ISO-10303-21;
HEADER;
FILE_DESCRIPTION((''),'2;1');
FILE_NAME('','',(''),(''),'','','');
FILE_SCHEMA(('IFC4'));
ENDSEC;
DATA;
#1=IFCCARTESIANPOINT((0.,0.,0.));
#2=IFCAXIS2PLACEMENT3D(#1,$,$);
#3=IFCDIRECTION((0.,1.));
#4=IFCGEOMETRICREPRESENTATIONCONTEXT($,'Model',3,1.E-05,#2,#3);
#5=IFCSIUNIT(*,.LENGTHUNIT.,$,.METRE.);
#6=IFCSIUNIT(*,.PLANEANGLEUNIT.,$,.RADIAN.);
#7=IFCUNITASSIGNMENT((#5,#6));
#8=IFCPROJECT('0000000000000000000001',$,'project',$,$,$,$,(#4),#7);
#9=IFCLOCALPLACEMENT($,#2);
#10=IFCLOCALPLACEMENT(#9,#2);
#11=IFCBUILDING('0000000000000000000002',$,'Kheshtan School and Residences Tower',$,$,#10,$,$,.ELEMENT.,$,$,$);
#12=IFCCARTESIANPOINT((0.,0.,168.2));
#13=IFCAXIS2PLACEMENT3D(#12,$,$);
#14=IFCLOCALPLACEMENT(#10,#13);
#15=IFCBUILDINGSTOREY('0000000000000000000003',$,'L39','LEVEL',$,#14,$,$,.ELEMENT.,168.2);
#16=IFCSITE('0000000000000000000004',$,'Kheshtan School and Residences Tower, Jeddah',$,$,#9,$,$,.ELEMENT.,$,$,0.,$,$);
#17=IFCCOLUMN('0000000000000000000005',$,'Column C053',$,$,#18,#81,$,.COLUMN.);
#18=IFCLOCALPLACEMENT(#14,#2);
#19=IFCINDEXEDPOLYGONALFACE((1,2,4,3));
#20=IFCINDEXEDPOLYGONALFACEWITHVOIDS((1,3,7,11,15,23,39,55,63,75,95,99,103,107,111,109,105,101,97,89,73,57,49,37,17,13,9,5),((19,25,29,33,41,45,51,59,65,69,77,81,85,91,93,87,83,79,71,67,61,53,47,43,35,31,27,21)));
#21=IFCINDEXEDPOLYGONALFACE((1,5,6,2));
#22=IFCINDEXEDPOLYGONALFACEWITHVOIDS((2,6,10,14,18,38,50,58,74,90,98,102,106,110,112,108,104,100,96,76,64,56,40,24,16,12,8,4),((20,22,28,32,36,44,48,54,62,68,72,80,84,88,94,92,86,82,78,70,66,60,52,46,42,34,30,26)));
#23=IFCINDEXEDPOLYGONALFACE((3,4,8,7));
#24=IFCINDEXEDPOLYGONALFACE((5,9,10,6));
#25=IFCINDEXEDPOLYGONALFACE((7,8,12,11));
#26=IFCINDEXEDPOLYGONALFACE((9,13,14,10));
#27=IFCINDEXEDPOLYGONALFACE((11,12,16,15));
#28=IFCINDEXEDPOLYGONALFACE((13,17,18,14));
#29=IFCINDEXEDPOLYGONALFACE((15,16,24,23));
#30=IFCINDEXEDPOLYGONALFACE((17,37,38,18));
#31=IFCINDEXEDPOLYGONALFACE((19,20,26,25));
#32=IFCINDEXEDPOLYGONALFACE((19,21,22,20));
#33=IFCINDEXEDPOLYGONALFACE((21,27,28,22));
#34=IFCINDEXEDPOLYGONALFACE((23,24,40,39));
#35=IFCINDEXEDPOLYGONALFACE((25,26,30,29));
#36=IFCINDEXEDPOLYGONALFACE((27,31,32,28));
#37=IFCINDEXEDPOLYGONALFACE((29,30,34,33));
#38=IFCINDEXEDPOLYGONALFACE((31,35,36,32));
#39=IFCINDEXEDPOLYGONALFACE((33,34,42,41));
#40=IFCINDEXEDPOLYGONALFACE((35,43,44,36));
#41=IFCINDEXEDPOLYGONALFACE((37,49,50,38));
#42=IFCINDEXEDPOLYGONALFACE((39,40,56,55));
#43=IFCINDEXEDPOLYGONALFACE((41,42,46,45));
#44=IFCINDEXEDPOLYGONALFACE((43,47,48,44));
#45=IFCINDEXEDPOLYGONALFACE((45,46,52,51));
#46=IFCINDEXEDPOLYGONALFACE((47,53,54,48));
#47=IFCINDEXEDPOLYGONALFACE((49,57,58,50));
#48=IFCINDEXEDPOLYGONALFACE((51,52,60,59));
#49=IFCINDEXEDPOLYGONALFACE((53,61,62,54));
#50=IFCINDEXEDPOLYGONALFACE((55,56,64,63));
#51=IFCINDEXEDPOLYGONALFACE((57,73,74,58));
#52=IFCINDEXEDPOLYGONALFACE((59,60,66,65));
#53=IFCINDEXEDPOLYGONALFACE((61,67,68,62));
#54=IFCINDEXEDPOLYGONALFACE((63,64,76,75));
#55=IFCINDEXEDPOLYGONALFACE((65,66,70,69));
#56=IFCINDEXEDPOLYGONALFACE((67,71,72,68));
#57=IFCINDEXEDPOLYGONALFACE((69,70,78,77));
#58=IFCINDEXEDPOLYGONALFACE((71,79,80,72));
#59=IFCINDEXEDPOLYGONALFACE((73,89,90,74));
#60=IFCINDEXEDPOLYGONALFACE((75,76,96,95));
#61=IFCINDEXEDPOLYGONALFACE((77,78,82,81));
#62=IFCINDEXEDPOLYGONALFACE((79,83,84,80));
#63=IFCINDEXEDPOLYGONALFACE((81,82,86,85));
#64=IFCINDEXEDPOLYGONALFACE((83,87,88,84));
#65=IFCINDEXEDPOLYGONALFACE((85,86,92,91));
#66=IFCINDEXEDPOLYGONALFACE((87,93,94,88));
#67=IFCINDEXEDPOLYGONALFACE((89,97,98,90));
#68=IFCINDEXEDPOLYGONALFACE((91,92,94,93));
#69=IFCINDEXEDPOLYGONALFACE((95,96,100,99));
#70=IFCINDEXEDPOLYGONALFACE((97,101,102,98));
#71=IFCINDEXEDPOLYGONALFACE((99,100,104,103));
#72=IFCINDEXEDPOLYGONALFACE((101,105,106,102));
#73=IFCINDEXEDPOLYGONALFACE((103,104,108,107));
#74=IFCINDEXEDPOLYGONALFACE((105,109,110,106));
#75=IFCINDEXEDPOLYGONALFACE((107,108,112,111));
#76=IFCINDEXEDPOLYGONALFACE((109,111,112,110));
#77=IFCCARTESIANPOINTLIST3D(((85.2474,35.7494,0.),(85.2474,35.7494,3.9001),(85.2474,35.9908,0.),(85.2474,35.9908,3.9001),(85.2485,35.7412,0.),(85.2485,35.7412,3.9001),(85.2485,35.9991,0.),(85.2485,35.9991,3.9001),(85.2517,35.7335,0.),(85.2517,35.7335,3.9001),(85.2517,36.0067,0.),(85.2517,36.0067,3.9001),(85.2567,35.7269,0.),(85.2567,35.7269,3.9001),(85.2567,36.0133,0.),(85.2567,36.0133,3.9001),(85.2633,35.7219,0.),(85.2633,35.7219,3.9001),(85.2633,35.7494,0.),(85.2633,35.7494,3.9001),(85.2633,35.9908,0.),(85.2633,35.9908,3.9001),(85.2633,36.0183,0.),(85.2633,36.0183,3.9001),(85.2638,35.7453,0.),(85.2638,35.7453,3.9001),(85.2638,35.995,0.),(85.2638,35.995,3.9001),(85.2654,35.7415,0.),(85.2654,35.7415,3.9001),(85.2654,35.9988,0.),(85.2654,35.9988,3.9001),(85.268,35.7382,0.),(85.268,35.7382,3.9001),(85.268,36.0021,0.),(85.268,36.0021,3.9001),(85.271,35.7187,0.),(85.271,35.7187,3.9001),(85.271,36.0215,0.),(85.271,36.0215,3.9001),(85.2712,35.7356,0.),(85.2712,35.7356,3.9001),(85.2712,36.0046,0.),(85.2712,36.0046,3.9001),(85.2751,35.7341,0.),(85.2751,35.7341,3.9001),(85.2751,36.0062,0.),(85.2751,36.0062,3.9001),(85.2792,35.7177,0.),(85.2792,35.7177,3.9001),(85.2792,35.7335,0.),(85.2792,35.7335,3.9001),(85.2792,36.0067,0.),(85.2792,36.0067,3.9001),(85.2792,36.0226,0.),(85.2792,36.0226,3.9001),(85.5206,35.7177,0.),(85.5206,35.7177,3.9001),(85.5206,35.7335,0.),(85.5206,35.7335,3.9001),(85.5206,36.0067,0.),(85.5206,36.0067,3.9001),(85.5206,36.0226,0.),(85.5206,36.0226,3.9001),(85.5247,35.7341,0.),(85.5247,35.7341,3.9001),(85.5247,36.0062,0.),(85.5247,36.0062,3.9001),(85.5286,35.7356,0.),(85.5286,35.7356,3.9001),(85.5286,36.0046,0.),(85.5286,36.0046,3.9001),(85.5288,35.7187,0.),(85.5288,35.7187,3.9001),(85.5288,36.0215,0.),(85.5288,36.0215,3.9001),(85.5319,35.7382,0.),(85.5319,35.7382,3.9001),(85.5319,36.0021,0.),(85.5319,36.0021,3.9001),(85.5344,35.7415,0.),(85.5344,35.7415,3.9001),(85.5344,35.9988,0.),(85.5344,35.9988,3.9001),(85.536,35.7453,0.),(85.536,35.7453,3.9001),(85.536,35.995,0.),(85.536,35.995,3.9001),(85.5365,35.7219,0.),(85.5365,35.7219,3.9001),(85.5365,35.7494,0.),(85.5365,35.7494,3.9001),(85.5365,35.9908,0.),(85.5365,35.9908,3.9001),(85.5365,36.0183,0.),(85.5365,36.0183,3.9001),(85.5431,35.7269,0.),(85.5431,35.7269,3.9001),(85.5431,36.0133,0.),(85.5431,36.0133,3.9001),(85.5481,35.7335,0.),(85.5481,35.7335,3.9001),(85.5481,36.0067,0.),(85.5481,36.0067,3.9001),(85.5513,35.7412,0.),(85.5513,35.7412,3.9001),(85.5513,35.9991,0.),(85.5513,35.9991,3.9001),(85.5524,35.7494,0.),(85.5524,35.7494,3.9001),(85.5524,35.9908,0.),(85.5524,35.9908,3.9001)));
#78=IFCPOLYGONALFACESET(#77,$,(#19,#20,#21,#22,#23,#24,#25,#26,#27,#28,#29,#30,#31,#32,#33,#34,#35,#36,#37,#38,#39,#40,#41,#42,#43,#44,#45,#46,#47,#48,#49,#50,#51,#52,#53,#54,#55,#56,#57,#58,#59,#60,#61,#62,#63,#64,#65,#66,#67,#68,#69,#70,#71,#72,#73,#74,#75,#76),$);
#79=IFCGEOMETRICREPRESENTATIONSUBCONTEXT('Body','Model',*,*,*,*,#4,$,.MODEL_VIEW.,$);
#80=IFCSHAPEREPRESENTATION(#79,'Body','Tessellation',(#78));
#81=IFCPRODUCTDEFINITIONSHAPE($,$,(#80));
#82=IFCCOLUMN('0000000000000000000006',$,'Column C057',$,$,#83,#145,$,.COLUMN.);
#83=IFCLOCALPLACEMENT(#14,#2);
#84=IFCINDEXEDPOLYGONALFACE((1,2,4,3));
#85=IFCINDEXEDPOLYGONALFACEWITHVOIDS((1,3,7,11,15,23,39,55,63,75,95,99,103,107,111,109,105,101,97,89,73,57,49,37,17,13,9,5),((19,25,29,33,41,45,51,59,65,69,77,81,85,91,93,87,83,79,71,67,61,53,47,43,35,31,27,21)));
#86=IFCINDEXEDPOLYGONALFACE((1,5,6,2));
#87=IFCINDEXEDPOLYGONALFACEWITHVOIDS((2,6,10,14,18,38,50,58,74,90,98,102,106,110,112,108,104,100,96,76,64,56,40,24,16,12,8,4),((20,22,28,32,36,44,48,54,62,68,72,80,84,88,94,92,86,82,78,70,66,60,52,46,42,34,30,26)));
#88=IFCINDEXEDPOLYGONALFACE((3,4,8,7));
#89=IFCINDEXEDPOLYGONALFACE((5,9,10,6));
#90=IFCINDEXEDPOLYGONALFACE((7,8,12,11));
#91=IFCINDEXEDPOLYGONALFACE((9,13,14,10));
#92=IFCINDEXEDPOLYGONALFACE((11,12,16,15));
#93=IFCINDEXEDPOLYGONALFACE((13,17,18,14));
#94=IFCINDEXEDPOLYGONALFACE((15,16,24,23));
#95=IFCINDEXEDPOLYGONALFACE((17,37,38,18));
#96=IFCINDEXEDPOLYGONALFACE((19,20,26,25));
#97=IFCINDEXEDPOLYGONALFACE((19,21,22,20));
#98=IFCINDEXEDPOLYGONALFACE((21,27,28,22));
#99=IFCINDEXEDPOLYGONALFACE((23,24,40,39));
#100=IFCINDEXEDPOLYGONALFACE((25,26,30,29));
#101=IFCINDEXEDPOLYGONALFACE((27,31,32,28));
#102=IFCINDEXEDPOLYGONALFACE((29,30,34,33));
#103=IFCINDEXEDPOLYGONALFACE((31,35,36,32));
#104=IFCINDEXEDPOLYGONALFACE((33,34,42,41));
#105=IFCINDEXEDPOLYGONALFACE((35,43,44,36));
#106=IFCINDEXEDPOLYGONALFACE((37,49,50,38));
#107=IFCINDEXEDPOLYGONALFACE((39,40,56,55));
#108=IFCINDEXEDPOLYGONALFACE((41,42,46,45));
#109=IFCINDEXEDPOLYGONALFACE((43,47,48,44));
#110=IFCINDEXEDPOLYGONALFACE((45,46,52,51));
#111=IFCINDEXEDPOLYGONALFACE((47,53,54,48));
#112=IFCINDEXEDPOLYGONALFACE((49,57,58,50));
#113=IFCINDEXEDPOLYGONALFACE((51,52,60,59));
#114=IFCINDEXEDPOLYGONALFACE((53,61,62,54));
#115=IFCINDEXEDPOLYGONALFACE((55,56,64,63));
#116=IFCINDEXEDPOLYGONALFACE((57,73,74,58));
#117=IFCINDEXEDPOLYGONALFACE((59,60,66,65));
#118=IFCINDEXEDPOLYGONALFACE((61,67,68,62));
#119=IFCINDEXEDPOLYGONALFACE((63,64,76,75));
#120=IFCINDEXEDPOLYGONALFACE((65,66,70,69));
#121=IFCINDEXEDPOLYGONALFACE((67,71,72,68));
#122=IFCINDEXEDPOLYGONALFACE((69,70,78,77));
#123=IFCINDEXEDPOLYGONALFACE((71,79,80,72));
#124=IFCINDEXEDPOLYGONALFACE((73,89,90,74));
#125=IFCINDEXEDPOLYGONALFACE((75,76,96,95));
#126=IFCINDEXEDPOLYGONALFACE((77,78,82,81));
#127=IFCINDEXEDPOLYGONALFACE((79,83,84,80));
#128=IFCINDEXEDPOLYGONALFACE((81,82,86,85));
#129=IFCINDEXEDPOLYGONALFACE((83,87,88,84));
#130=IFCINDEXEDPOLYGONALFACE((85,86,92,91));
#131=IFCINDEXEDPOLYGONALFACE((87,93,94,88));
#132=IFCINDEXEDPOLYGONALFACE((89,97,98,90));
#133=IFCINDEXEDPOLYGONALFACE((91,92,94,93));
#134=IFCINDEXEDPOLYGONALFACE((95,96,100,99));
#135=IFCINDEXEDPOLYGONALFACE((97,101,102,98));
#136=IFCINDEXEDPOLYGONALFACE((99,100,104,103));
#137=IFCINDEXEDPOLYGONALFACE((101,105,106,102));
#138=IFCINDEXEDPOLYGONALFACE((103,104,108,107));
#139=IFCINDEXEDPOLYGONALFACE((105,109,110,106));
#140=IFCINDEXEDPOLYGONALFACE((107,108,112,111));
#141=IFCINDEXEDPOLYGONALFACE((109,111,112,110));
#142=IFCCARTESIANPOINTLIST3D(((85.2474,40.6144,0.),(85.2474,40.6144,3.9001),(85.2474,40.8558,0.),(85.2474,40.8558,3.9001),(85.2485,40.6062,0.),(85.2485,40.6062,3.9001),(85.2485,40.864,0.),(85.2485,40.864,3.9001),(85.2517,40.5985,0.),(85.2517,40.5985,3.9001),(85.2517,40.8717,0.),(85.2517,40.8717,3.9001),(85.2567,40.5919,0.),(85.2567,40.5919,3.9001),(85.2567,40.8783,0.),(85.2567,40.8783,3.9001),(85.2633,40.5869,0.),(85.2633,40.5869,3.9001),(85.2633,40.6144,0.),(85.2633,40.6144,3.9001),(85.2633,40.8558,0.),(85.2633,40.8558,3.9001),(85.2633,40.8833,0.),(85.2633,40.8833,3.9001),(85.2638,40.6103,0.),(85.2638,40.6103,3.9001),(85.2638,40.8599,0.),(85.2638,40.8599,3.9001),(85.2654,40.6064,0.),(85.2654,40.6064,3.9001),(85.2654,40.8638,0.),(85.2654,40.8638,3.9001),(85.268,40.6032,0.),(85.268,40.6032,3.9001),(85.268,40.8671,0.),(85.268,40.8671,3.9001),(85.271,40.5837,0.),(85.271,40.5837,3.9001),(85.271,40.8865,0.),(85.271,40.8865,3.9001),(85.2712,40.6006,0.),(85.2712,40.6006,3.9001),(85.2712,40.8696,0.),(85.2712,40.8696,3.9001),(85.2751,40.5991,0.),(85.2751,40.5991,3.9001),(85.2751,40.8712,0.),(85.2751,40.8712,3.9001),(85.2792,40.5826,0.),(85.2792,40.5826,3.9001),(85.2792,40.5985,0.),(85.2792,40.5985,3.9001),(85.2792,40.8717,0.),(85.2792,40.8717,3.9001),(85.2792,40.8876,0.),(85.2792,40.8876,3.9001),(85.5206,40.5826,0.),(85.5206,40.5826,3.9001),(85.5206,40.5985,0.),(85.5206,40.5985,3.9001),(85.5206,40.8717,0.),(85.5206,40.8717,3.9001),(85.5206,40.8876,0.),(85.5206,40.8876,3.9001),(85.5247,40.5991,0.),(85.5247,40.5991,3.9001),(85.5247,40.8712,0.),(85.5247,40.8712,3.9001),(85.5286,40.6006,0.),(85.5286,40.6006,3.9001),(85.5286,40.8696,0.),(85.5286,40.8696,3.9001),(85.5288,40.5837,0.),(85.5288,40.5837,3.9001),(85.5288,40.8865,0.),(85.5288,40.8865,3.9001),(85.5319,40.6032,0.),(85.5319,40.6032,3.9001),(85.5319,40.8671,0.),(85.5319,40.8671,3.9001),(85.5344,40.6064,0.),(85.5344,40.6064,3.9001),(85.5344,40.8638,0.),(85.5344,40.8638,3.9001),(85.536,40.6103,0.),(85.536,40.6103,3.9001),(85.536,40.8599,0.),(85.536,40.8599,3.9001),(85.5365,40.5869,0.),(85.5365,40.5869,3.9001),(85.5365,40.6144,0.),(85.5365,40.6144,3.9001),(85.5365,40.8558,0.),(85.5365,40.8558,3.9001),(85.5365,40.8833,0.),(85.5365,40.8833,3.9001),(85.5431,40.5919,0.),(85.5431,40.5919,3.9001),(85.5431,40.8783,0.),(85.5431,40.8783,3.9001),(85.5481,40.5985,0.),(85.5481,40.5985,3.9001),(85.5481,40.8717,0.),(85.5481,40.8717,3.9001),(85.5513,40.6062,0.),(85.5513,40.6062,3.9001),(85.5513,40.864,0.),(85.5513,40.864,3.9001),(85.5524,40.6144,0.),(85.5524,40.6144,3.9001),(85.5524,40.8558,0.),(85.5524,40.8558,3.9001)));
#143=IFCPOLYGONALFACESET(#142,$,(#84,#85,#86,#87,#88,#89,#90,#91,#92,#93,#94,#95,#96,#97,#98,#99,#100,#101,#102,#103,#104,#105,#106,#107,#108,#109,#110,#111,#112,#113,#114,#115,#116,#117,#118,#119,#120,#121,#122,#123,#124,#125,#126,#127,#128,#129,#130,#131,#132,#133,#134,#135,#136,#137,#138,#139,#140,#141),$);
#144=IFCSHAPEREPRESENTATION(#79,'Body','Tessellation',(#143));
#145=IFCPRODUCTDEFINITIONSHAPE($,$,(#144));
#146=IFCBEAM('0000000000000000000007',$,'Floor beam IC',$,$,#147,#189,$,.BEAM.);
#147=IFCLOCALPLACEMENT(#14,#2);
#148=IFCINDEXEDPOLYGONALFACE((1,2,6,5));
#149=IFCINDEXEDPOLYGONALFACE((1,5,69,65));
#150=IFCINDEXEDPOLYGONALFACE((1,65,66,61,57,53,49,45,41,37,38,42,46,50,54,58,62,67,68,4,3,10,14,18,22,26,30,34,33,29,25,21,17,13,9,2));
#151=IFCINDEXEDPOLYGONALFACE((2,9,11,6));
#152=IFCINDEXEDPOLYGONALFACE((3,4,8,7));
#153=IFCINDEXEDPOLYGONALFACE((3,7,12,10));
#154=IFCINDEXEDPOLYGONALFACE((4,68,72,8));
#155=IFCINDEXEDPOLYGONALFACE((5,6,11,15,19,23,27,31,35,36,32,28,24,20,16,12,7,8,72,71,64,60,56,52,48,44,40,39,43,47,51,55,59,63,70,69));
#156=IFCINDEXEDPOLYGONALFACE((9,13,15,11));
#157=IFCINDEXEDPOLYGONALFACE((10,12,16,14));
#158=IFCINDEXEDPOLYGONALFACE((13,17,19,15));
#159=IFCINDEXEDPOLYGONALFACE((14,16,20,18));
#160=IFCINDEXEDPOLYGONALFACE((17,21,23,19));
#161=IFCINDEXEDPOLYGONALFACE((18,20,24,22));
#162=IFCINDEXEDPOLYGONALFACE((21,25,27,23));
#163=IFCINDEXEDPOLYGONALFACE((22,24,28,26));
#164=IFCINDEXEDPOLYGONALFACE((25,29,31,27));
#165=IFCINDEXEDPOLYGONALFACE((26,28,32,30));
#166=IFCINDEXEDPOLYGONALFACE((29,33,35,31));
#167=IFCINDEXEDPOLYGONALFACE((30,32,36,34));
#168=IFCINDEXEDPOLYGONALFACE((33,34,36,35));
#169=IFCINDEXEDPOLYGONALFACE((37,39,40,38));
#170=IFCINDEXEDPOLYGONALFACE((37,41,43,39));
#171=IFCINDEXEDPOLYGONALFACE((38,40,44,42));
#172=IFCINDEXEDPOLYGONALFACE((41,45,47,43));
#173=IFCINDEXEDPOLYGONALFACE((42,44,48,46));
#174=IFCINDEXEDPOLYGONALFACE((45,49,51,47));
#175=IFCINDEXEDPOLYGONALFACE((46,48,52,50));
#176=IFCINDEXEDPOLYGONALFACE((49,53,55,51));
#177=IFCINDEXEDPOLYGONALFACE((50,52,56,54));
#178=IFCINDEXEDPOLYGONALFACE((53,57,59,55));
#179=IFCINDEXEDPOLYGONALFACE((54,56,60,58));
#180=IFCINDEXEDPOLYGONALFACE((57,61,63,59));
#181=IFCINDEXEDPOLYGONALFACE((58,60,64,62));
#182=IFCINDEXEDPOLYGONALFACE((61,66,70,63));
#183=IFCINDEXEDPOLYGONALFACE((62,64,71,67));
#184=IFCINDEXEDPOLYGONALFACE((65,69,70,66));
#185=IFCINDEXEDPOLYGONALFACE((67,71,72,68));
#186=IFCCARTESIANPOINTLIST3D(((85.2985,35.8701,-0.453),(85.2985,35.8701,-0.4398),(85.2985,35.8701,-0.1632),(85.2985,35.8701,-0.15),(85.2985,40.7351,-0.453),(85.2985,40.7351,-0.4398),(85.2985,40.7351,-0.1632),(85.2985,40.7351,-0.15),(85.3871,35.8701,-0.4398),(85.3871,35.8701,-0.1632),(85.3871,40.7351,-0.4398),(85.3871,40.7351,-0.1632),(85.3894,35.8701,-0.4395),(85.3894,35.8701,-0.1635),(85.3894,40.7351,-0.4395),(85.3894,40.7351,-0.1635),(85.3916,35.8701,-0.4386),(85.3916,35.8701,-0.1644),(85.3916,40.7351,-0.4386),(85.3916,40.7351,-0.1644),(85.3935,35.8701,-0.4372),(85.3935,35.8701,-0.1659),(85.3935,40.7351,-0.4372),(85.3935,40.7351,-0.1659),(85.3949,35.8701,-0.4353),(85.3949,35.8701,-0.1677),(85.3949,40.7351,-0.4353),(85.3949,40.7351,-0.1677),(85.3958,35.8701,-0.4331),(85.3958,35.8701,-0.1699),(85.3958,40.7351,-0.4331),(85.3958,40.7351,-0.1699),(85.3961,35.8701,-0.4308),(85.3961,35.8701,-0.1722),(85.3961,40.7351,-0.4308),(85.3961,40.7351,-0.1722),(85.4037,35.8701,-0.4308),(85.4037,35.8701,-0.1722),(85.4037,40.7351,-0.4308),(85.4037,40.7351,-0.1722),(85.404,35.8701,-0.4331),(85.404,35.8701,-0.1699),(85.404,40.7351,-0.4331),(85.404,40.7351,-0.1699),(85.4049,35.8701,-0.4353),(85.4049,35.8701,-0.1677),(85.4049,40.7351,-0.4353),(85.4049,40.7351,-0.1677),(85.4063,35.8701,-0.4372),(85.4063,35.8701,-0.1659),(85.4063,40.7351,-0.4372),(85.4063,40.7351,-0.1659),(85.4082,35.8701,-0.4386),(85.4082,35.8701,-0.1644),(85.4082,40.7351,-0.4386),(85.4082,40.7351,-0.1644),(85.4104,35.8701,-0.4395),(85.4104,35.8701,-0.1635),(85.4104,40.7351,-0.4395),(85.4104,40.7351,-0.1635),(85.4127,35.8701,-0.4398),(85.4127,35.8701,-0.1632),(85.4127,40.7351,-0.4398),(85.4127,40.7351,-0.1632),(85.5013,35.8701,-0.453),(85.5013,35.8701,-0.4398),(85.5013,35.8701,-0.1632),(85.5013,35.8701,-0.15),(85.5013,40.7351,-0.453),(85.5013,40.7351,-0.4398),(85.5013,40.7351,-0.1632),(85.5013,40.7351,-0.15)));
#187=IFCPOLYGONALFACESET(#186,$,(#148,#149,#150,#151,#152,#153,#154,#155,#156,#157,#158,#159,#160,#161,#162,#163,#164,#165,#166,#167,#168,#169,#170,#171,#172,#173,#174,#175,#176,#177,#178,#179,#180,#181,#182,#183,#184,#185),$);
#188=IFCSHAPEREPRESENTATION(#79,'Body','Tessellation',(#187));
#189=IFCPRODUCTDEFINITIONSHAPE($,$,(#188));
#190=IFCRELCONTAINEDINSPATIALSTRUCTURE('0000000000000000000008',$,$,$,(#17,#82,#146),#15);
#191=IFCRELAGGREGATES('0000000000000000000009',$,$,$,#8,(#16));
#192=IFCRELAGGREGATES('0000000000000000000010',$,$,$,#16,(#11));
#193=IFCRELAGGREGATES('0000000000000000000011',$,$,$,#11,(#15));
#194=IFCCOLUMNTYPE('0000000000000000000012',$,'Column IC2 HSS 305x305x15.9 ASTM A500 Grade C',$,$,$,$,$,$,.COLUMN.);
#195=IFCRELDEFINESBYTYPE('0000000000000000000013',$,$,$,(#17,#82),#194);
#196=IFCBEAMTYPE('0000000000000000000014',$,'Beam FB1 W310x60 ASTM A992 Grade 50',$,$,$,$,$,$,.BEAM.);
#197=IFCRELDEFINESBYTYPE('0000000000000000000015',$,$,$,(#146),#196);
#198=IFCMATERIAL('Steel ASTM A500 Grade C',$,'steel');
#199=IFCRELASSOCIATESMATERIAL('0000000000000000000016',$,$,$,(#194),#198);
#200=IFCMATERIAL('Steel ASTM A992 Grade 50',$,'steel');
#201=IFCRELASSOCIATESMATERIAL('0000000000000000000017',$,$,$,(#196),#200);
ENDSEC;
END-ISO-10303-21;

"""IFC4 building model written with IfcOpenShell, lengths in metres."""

from ifc_helpers import new_model, si_unit, direction, frame, origin, origin_2d, place, context, subcontext, project, spatial, hollow_rectangle, i_section, extrude, material, material_profile, profile_set, type_object, element, save


model = new_model("IFC4")

# Units and contexts
model_context = context("Model", 3, precision=1e-05, world=origin(), true_north=direction((0.0, 1.0)))
body_context = subcontext(model_context, "Body", "Model", "MODEL_VIEW")
ifc_project = project(units=[si_unit("LENGTHUNIT", "METRE"), si_unit("PLANEANGLEUNIT", "RADIAN")], contexts=[model_context])

# Site, building, storey
site_placement = place(None, origin())
site = spatial("IfcSite", under=ifc_project, at=site_placement, Name="Kheshtan School and Residences Tower, Jeddah", CompositionType="ELEMENT", RefElevation=0.0)
building_placement = place(site_placement, origin())
building = spatial("IfcBuilding", under=site, at=building_placement, Name="Kheshtan School and Residences Tower", CompositionType="ELEMENT")
storey_placement = place(building_placement, frame((0.0, 0.0, 168.2)))
storey = spatial("IfcBuildingStorey", under=building, at=storey_placement, Name="L39", Description="LEVEL", CompositionType="ELEMENT", Elevation=168.2)

# Columns
ifc_material_1 = material(Name="Steel ASTM A500 Grade C", Category="steel")
ifc_material_profile_1 = material_profile(ifc_material_1, hollow_rectangle(XDim=0.3049, YDim=0.3049, WallThickness=0.0159, InnerFilletRadius=0.0159, OuterFilletRadius=0.0317, at=origin_2d()), Name="HSS 305x305x15.9")
ifc_profile_set_1 = profile_set([ifc_material_profile_1], Name="Steel ASTM A500 Grade C")
column_type = type_object("IfcColumnType", Name="Column IC2 HSS 305x305x15.9 ASTM A500 Grade C", PredefinedType="COLUMN", material=ifc_profile_set_1)
for number, where, z_axis, x_axis, name in (
    (1, (85.3999, 35.8701, 0.0), (0.0, 0.0, 1.0), (1.0, 0.0, 0.0), "Column C053"),
    (2, (85.3999, 40.7351, 0.0), (0.0, 0.0, 1.0), (1.0, 0.0, 0.0), "Column C057"),
):
    element("IfcColumn", number, at=place(storey_placement, frame(where, z_axis=z_axis, x_axis=x_axis)), inside=storey, type_object=column_type, Name=name, PredefinedType="COLUMN", context=body_context, shape_type="SweptSolid", body=[
        extrude(hollow_rectangle(XDim=0.3049, YDim=0.3049, WallThickness=0.0159, InnerFilletRadius=0.0159, OuterFilletRadius=0.0317, at=origin_2d()), origin(), (0.0, 0.0, 1.0), 3.9001),
    ])

# Beam
ifc_material_2 = material(Name="Steel ASTM A992 Grade 50", Category="steel")
ifc_material_profile_2 = material_profile(ifc_material_2, i_section(OverallWidth=0.2029, OverallDepth=0.303, WebThickness=0.0076, FlangeThickness=0.0132, FilletRadius=0.009, at=origin_2d()), Name="W310x60")
ifc_profile_set_2 = profile_set([ifc_material_profile_2], Name="Steel ASTM A992 Grade 50")
beam_type = type_object("IfcBeamType", Name="Beam FB1 W310x60 ASTM A992 Grade 50", PredefinedType="BEAM", material=ifc_profile_set_2)
beam_placement = place(storey_placement, frame((85.3999, 40.7351, -0.3015), z_axis=(0.0, -1.0, 0.0), x_axis=(1.0, 0.0, 0.0)))
element("IfcBeam", 3, at=beam_placement, inside=storey, type_object=beam_type, Name="Floor beam IC", PredefinedType="BEAM", context=body_context, shape_type="SweptSolid", body=[
    extrude(i_section(OverallWidth=0.2029, OverallDepth=0.303, WebThickness=0.0076, FlangeThickness=0.0132, FilletRadius=0.009, at=origin_2d()), origin(), (0.0, 0.0, 1.0), 4.865),
])

save(model, "model.ifc")
